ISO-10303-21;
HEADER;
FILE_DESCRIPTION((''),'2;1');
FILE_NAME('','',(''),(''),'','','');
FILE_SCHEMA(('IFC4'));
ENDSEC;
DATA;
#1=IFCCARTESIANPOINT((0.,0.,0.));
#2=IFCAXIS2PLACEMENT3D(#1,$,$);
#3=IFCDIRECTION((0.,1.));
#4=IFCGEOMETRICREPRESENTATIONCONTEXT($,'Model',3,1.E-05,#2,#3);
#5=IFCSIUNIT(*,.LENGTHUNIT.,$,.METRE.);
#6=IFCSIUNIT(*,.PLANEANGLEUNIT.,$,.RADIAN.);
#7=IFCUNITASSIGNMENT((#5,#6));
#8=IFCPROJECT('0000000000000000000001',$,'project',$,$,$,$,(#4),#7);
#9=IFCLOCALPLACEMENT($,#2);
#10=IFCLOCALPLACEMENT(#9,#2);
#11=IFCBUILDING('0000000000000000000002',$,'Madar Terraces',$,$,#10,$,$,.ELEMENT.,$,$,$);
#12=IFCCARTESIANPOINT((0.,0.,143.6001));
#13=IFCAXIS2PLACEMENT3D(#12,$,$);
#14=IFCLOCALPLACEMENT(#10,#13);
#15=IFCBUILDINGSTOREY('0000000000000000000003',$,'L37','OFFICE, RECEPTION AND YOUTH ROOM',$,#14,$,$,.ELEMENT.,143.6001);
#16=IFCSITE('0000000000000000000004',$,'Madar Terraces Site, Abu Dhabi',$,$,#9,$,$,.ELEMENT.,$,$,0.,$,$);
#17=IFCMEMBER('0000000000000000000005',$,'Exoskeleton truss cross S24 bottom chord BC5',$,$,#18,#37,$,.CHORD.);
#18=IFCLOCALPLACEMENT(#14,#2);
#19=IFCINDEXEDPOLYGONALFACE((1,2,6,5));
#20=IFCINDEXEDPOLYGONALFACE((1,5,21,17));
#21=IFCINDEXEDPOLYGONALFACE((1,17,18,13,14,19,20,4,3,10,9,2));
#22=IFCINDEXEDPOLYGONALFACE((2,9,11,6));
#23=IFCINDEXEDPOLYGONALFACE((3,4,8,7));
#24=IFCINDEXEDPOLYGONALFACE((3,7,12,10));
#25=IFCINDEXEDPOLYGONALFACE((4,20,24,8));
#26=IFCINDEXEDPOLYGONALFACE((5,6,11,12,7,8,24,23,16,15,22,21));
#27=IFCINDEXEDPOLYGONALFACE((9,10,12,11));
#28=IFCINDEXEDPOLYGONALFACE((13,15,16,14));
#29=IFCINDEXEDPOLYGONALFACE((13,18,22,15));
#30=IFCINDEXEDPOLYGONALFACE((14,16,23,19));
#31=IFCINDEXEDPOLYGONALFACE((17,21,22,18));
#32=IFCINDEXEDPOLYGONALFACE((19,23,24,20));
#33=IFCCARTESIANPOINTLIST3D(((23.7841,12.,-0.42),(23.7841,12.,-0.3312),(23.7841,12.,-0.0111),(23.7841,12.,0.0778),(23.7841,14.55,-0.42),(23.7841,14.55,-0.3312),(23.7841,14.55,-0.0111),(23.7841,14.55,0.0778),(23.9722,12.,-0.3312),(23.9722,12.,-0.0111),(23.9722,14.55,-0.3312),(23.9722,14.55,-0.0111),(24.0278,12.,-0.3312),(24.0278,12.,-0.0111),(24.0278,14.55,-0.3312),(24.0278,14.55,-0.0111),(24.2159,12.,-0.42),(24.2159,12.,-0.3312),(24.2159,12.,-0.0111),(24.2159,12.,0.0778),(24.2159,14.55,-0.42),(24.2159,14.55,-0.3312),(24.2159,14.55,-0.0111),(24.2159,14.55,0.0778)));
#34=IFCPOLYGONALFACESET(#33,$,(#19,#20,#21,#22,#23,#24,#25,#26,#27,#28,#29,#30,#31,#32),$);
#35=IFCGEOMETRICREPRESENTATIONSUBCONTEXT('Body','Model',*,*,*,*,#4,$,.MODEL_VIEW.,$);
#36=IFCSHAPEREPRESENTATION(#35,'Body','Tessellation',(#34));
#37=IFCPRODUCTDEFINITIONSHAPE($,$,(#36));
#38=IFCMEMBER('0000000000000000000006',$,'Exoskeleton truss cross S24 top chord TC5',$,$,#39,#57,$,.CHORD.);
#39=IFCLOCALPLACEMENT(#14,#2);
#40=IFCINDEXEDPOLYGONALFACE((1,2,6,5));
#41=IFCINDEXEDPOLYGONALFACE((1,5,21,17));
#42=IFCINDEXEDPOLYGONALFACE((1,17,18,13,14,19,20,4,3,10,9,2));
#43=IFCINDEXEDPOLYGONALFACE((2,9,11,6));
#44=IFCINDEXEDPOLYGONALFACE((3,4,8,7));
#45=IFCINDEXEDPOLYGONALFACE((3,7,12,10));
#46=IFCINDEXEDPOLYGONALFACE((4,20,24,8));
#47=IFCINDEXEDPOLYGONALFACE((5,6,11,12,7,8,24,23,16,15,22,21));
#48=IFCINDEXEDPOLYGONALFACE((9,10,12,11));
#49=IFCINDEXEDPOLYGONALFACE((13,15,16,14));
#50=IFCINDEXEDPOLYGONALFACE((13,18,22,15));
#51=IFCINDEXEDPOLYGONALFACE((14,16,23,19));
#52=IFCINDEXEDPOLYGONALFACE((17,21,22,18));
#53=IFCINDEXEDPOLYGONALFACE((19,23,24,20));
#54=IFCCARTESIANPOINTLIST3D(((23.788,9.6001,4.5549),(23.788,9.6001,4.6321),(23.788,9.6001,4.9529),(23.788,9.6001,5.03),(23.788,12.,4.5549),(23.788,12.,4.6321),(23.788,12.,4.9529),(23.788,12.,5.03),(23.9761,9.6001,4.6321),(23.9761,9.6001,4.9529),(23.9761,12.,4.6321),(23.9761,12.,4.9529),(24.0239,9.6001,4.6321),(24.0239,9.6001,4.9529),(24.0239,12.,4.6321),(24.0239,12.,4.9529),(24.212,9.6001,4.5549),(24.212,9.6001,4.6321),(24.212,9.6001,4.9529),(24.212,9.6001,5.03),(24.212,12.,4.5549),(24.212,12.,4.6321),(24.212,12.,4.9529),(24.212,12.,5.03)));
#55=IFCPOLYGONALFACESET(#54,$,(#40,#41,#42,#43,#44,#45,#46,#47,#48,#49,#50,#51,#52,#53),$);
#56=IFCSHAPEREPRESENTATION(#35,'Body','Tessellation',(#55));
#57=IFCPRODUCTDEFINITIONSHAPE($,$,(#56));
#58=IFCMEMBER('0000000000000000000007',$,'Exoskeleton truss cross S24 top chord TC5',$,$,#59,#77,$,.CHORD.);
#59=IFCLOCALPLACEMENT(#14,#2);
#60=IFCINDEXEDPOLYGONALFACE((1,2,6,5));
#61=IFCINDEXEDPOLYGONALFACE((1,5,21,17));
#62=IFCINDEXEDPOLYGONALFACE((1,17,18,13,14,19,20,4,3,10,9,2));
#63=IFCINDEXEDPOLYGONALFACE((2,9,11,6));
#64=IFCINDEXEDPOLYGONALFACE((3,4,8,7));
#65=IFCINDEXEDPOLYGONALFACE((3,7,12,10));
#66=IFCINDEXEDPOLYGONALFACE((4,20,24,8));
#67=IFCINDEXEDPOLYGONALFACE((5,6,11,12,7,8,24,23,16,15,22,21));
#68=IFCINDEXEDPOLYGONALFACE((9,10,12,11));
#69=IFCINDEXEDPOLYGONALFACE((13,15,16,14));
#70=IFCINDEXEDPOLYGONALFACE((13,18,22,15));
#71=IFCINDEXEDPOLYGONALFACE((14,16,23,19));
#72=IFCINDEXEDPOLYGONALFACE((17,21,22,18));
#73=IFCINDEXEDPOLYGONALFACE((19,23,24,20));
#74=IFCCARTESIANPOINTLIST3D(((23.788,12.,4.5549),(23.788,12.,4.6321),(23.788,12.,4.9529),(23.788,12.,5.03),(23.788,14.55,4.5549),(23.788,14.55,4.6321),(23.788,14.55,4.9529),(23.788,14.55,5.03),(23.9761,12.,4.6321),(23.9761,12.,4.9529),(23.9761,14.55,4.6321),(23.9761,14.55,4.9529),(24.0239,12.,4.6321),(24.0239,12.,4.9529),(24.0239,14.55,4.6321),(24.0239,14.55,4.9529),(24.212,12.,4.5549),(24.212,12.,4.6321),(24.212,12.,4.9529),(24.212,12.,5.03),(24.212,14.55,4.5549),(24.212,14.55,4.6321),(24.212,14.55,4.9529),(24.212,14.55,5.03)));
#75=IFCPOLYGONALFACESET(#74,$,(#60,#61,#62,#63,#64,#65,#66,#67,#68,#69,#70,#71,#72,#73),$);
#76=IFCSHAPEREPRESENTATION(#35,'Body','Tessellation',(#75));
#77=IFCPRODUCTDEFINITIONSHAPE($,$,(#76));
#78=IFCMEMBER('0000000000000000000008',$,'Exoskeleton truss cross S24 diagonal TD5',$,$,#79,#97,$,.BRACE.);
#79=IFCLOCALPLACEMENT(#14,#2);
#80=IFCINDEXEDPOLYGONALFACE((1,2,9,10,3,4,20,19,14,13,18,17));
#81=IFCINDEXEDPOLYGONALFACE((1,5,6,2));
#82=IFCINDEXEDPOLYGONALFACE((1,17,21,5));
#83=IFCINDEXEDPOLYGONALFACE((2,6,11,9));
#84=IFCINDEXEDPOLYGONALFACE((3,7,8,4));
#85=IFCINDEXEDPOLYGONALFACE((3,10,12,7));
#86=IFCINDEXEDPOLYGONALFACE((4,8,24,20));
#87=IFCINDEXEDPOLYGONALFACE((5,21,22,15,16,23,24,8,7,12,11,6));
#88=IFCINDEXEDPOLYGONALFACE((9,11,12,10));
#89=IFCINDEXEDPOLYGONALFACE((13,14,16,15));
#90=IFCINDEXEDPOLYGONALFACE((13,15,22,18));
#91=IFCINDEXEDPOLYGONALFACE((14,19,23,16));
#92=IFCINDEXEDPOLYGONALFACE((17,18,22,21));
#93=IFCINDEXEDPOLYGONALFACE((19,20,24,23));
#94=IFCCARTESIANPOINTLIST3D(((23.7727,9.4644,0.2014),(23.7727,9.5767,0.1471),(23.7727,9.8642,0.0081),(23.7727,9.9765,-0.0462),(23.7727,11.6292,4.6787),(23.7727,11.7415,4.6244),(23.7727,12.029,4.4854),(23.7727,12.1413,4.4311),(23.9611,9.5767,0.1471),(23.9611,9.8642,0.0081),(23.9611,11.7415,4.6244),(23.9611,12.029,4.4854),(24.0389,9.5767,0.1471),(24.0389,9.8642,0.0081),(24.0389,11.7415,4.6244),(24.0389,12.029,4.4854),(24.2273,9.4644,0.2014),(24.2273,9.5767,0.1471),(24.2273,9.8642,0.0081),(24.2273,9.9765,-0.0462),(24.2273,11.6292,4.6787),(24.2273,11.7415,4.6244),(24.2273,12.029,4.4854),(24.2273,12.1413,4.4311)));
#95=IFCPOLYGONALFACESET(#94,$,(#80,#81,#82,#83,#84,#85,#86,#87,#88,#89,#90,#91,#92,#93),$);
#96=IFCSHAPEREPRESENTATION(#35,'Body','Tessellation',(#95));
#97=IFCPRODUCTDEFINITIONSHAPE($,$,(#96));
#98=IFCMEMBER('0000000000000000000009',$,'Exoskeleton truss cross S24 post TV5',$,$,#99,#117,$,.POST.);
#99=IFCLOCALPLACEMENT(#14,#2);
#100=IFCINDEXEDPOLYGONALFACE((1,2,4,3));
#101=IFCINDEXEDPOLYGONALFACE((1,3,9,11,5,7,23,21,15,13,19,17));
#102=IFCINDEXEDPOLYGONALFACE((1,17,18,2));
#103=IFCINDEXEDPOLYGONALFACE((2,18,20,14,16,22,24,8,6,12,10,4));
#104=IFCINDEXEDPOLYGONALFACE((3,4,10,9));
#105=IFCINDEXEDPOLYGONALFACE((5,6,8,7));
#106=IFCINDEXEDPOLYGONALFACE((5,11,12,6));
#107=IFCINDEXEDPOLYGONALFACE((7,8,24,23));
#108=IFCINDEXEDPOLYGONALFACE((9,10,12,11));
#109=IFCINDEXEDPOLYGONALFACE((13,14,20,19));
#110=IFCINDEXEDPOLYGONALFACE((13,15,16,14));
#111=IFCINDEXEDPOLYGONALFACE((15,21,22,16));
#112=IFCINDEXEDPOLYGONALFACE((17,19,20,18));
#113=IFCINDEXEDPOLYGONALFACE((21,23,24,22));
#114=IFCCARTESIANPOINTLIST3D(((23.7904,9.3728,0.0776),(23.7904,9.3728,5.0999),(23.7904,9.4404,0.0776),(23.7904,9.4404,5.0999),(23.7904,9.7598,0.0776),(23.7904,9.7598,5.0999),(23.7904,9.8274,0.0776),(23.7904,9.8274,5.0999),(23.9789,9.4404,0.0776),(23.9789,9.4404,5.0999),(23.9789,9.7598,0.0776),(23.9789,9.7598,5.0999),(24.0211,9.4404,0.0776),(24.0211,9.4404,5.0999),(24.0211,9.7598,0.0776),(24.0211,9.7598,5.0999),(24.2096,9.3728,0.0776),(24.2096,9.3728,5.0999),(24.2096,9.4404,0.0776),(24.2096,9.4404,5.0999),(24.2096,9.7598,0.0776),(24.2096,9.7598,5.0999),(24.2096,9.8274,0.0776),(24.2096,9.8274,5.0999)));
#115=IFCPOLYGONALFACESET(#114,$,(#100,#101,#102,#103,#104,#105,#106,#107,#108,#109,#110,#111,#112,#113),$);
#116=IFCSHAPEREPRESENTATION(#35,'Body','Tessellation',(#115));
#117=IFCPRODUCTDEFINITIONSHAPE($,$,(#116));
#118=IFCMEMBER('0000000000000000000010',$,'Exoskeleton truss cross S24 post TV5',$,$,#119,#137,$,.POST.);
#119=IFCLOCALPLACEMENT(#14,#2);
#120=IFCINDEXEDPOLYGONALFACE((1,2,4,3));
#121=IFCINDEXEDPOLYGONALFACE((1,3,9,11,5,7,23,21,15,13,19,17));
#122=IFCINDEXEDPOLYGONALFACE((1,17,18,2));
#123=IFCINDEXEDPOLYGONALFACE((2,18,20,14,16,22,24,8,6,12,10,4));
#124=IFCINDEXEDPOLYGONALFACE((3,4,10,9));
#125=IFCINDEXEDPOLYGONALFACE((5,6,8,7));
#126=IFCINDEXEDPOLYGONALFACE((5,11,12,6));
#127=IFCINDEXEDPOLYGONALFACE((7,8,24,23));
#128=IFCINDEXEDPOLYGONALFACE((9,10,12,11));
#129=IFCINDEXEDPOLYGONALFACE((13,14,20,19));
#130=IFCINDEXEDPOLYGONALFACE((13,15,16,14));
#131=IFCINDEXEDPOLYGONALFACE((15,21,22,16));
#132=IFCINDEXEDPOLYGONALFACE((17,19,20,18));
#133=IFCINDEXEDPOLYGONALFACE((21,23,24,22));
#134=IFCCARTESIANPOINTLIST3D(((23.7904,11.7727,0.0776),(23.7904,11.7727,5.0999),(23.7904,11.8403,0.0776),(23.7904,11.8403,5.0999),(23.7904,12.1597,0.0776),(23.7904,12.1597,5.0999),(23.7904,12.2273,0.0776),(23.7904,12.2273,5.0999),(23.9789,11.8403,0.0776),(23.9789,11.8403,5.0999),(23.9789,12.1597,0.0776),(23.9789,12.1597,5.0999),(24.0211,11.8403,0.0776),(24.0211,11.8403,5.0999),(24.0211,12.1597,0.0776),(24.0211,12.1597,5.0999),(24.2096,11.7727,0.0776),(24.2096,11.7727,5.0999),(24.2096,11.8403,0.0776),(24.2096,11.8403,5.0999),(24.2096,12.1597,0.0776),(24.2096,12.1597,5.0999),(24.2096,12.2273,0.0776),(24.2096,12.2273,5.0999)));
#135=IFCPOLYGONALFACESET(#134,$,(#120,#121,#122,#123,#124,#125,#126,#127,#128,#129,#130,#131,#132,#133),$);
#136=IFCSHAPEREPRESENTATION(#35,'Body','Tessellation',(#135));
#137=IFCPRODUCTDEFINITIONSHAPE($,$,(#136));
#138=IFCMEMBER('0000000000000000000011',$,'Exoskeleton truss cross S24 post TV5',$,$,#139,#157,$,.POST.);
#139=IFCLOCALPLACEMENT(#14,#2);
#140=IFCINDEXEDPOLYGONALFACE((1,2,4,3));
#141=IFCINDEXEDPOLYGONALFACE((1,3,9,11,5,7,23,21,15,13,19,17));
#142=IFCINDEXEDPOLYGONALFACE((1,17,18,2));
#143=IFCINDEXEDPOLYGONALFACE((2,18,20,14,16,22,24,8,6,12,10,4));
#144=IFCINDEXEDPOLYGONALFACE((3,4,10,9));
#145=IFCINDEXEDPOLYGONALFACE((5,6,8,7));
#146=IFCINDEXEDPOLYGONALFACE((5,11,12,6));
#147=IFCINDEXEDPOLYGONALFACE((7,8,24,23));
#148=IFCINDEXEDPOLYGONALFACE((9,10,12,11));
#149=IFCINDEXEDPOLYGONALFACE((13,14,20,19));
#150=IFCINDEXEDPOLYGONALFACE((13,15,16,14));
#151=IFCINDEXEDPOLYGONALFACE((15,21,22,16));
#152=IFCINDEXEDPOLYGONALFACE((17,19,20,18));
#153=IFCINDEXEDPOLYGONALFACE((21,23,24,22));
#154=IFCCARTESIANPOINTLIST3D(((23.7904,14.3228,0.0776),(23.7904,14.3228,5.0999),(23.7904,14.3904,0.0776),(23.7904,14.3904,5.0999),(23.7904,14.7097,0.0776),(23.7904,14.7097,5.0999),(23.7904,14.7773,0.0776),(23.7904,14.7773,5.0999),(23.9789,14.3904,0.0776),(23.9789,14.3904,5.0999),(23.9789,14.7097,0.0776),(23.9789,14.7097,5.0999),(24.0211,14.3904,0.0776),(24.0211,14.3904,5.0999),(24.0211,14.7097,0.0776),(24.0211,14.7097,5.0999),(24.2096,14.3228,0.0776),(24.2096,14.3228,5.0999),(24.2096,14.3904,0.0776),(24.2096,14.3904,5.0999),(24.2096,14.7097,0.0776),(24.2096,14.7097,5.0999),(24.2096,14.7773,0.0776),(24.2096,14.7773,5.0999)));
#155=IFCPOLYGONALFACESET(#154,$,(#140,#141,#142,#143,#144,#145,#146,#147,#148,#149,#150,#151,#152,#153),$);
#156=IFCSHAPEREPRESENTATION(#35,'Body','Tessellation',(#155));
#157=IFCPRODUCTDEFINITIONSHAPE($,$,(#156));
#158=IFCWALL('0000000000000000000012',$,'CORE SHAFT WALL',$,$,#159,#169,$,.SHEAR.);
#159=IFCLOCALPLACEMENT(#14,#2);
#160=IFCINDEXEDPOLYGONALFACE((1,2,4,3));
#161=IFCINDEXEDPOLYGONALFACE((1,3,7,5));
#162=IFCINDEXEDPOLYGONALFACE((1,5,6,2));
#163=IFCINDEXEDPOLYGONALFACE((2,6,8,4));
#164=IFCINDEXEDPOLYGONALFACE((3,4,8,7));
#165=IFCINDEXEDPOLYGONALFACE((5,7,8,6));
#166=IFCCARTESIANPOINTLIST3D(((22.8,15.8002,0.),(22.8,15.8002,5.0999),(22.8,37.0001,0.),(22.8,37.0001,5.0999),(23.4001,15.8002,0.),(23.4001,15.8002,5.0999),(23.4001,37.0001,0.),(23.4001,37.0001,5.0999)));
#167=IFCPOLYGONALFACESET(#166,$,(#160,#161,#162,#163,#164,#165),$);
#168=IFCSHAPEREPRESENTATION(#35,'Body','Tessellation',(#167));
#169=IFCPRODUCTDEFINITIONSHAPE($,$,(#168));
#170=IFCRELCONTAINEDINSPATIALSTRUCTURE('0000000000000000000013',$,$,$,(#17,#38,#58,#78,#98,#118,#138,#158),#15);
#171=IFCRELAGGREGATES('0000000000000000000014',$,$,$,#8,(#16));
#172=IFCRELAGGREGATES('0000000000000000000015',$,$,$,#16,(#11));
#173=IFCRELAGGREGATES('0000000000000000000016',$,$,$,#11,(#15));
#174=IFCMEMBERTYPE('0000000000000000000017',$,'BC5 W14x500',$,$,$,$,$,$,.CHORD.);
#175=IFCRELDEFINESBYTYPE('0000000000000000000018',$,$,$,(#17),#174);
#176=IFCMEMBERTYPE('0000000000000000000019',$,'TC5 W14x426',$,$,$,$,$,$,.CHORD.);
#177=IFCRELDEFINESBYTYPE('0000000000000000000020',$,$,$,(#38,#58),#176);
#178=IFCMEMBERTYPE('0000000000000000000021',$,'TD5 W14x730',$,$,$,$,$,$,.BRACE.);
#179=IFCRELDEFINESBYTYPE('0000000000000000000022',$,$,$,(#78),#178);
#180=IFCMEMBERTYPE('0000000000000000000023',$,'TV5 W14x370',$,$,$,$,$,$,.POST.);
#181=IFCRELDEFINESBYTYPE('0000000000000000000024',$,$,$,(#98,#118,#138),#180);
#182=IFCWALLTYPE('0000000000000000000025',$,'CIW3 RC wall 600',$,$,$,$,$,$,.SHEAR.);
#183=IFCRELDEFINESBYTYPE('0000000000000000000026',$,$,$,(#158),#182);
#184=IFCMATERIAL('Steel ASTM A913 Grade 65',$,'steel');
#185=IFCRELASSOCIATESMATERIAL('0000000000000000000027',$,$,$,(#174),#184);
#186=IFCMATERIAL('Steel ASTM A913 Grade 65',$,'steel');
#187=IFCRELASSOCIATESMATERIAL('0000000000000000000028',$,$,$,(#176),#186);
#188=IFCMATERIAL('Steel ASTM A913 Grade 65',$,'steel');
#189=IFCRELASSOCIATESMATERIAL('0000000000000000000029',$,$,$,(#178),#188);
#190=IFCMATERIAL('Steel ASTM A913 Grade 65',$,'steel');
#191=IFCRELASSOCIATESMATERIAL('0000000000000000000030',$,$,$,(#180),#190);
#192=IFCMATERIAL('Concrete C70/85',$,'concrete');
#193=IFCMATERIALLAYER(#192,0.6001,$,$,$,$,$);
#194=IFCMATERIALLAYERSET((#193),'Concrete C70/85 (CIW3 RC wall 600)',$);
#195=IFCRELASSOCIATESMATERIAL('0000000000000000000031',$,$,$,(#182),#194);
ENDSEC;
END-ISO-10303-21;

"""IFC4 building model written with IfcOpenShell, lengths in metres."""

from ifc_helpers import new_model, si_unit, direction, frame, frame_2d, origin, origin_2d, place, context, subcontext, project, spatial, rectangle, i_section, extrude, material, layer, layer_set, material_profile, profile_set, type_object, element, save


model = new_model("IFC4")

# Units and contexts
model_context = context("Model", 3, precision=1e-05, world=origin(), true_north=direction((0.0, 1.0)))
body_context = subcontext(model_context, "Body", "Model", "MODEL_VIEW")
ifc_project = project(units=[si_unit("LENGTHUNIT", "METRE"), si_unit("PLANEANGLEUNIT", "RADIAN")], contexts=[model_context])

# Site, building, storey
site_placement = place(None, origin())
site = spatial("IfcSite", under=ifc_project, at=site_placement, Name="Madar Terraces Site, Abu Dhabi", CompositionType="ELEMENT", RefElevation=0.0)
building_placement = place(site_placement, origin())
building = spatial("IfcBuilding", under=site, at=building_placement, Name="Madar Terraces", CompositionType="ELEMENT")
storey_placement = place(building_placement, frame((0.0, 0.0, 143.6001)))
storey = spatial("IfcBuildingStorey", under=building, at=storey_placement, Name="L37", Description="OFFICE, RECEPTION AND YOUTH ROOM", CompositionType="ELEMENT", Elevation=143.6001)

# Members
ifc_material_1 = material(Name="Steel ASTM A913 Grade 65", Category="steel")
ifc_material_profile_1 = material_profile(ifc_material_1, i_section(OverallWidth=0.4319, OverallDepth=0.4978, WebThickness=0.0557, FlangeThickness=0.0889, at=origin_2d()), Name="W14x500")
ifc_profile_set_1 = profile_set([ifc_material_profile_1], Name="Steel ASTM A913 Grade 65")
member_type_1 = type_object("IfcMemberType", Name="BC5 W14x500", PredefinedType="CHORD", material=ifc_profile_set_1)
member_1_placement = place(storey_placement, frame((24.0, 12.0, -0.1711), z_axis=(0.0, 1.0, 0.0), x_axis=(-1.0, 0.0, 0.0)))
element("IfcMember", 1, at=member_1_placement, inside=storey, type_object=member_type_1, Name="Exoskeleton truss cross S24 bottom chord BC5", PredefinedType="CHORD", context=body_context, shape_type="SweptSolid", body=[
    extrude(i_section(OverallWidth=0.4319, OverallDepth=0.4978, WebThickness=0.0557, FlangeThickness=0.0889, at=origin_2d()), origin(), (0.0, 0.0, 1.0), 2.55),
])
ifc_material_2 = material(Name="Steel ASTM A913 Grade 65", Category="steel")
ifc_material_profile_2 = material_profile(ifc_material_2, i_section(OverallWidth=0.4241, OverallDepth=0.4751, WebThickness=0.0479, FlangeThickness=0.0771, at=origin_2d()), Name="W14x426")
ifc_profile_set_2 = profile_set([ifc_material_profile_2], Name="Steel ASTM A913 Grade 65")
member_type_2 = type_object("IfcMemberType", Name="TC5 W14x426", PredefinedType="CHORD", material=ifc_profile_set_2)
member_2_placement = place(storey_placement, frame((24.0, 9.6001, 4.7925), z_axis=(0.0, 1.0, 0.0), x_axis=(-1.0, 0.0, 0.0)))
element("IfcMember", 2, at=member_2_placement, inside=storey, type_object=member_type_2, Name="Exoskeleton truss cross S24 top chord TC5", PredefinedType="CHORD", context=body_context, shape_type="SweptSolid", body=[
    extrude(i_section(OverallWidth=0.4241, OverallDepth=0.4751, WebThickness=0.0479, FlangeThickness=0.0771, at=origin_2d()), origin(), (0.0, 0.0, 1.0), 2.3999),
])
member_3_placement = place(storey_placement, frame((24.0, 12.0, 4.7925), z_axis=(0.0, 1.0, 0.0), x_axis=(-1.0, 0.0, 0.0)))
element("IfcMember", 3, at=member_3_placement, inside=storey, type_object=member_type_2, Name="Exoskeleton truss cross S24 top chord TC5", PredefinedType="CHORD", context=body_context, shape_type="SweptSolid", body=[
    extrude(i_section(OverallWidth=0.4241, OverallDepth=0.4751, WebThickness=0.0479, FlangeThickness=0.0771, at=origin_2d()), origin(), (0.0, 0.0, 1.0), 2.55),
])
ifc_material_3 = material(Name="Steel ASTM A913 Grade 65", Category="steel")
ifc_material_profile_3 = material_profile(ifc_material_3, i_section(OverallWidth=0.4546, OverallDepth=0.5688, WebThickness=0.0779, FlangeThickness=0.1248, at=origin_2d()), Name="W14x730")
ifc_profile_set_3 = profile_set([ifc_material_profile_3], Name="Steel ASTM A913 Grade 65")
member_type_3 = type_object("IfcMemberType", Name="TD5 W14x730", PredefinedType="BRACE", material=ifc_profile_set_3)
member_4_placement = place(storey_placement, frame((24.0, 9.7205, 0.0776), z_axis=(0.0, 0.435294, 0.900288), x_axis=(-1.0, 0.0, 0.0)))
element("IfcMember", 4, at=member_4_placement, inside=storey, type_object=member_type_3, Name="Exoskeleton truss cross S24 diagonal TD5", PredefinedType="BRACE", context=body_context, shape_type="SweptSolid", body=[
    extrude(i_section(OverallWidth=0.4546, OverallDepth=0.5688, WebThickness=0.0779, FlangeThickness=0.1248, at=origin_2d()), origin(), (0.0, 0.0, 1.0), 4.9731),
])
ifc_material_4 = material(Name="Steel ASTM A913 Grade 65", Category="steel")
ifc_material_profile_4 = material_profile(ifc_material_4, i_section(OverallWidth=0.4192, OverallDepth=0.4546, WebThickness=0.0422, FlangeThickness=0.0676, at=origin_2d()), Name="W14x370")
ifc_profile_set_4 = profile_set([ifc_material_profile_4], Name="Steel ASTM A913 Grade 65")
member_type_4 = type_object("IfcMemberType", Name="TV5 W14x370", PredefinedType="POST", material=ifc_profile_set_4)
for number, where, z_axis, x_axis, name in (
    (5, (24.0, 9.6001, 0.0776), (0.0, 0.0, 1.0), (-1.0, 0.0, 0.0), "Exoskeleton truss cross S24 post TV5"),
    (6, (24.0, 12.0, 0.0776), (0.0, 0.0, 1.0), (-1.0, 0.0, 0.0), "Exoskeleton truss cross S24 post TV5"),
    (7, (24.0, 14.55, 0.0776), (0.0, 0.0, 1.0), (-1.0, 0.0, 0.0), "Exoskeleton truss cross S24 post TV5"),
):
    element("IfcMember", number, at=place(storey_placement, frame(where, z_axis=z_axis, x_axis=x_axis)), inside=storey, type_object=member_type_4, Name=name, PredefinedType="POST", context=body_context, shape_type="SweptSolid", body=[
        extrude(i_section(OverallWidth=0.4192, OverallDepth=0.4546, WebThickness=0.0422, FlangeThickness=0.0676, at=origin_2d()), origin(), (0.0, 0.0, 1.0), 5.0222),
    ])

# Wall
ifc_material_5 = material(Name="Concrete C70/85", Category="concrete")
ifc_layer_1 = layer(ifc_material_5, 0.6001)
ifc_layer_set_1 = layer_set([ifc_layer_1], Name="Concrete C70/85 (CIW3 RC wall 600)")
wall_type_1 = type_object("IfcWallType", Name="CIW3 RC wall 600", PredefinedType="SHEAR", material=ifc_layer_set_1)
wall_1_placement = place(storey_placement, frame((23.1001, 15.8, 0.0), z_axis=(0.0, 0.0, 1.0), x_axis=(0.0, 1.0, 0.0)))
element("IfcWall", 8, at=wall_1_placement, inside=storey, type_object=wall_type_1, Name="CORE SHAFT WALL", PredefinedType="SHEAR", context=body_context, shape_type="SweptSolid", body=[
    extrude(rectangle(XDim=21.2, YDim=0.6001, at=frame_2d((10.6001, 0.0))), origin(), (0.0, 0.0, 1.0), 5.0999),
])

save(model, "model.ifc")
